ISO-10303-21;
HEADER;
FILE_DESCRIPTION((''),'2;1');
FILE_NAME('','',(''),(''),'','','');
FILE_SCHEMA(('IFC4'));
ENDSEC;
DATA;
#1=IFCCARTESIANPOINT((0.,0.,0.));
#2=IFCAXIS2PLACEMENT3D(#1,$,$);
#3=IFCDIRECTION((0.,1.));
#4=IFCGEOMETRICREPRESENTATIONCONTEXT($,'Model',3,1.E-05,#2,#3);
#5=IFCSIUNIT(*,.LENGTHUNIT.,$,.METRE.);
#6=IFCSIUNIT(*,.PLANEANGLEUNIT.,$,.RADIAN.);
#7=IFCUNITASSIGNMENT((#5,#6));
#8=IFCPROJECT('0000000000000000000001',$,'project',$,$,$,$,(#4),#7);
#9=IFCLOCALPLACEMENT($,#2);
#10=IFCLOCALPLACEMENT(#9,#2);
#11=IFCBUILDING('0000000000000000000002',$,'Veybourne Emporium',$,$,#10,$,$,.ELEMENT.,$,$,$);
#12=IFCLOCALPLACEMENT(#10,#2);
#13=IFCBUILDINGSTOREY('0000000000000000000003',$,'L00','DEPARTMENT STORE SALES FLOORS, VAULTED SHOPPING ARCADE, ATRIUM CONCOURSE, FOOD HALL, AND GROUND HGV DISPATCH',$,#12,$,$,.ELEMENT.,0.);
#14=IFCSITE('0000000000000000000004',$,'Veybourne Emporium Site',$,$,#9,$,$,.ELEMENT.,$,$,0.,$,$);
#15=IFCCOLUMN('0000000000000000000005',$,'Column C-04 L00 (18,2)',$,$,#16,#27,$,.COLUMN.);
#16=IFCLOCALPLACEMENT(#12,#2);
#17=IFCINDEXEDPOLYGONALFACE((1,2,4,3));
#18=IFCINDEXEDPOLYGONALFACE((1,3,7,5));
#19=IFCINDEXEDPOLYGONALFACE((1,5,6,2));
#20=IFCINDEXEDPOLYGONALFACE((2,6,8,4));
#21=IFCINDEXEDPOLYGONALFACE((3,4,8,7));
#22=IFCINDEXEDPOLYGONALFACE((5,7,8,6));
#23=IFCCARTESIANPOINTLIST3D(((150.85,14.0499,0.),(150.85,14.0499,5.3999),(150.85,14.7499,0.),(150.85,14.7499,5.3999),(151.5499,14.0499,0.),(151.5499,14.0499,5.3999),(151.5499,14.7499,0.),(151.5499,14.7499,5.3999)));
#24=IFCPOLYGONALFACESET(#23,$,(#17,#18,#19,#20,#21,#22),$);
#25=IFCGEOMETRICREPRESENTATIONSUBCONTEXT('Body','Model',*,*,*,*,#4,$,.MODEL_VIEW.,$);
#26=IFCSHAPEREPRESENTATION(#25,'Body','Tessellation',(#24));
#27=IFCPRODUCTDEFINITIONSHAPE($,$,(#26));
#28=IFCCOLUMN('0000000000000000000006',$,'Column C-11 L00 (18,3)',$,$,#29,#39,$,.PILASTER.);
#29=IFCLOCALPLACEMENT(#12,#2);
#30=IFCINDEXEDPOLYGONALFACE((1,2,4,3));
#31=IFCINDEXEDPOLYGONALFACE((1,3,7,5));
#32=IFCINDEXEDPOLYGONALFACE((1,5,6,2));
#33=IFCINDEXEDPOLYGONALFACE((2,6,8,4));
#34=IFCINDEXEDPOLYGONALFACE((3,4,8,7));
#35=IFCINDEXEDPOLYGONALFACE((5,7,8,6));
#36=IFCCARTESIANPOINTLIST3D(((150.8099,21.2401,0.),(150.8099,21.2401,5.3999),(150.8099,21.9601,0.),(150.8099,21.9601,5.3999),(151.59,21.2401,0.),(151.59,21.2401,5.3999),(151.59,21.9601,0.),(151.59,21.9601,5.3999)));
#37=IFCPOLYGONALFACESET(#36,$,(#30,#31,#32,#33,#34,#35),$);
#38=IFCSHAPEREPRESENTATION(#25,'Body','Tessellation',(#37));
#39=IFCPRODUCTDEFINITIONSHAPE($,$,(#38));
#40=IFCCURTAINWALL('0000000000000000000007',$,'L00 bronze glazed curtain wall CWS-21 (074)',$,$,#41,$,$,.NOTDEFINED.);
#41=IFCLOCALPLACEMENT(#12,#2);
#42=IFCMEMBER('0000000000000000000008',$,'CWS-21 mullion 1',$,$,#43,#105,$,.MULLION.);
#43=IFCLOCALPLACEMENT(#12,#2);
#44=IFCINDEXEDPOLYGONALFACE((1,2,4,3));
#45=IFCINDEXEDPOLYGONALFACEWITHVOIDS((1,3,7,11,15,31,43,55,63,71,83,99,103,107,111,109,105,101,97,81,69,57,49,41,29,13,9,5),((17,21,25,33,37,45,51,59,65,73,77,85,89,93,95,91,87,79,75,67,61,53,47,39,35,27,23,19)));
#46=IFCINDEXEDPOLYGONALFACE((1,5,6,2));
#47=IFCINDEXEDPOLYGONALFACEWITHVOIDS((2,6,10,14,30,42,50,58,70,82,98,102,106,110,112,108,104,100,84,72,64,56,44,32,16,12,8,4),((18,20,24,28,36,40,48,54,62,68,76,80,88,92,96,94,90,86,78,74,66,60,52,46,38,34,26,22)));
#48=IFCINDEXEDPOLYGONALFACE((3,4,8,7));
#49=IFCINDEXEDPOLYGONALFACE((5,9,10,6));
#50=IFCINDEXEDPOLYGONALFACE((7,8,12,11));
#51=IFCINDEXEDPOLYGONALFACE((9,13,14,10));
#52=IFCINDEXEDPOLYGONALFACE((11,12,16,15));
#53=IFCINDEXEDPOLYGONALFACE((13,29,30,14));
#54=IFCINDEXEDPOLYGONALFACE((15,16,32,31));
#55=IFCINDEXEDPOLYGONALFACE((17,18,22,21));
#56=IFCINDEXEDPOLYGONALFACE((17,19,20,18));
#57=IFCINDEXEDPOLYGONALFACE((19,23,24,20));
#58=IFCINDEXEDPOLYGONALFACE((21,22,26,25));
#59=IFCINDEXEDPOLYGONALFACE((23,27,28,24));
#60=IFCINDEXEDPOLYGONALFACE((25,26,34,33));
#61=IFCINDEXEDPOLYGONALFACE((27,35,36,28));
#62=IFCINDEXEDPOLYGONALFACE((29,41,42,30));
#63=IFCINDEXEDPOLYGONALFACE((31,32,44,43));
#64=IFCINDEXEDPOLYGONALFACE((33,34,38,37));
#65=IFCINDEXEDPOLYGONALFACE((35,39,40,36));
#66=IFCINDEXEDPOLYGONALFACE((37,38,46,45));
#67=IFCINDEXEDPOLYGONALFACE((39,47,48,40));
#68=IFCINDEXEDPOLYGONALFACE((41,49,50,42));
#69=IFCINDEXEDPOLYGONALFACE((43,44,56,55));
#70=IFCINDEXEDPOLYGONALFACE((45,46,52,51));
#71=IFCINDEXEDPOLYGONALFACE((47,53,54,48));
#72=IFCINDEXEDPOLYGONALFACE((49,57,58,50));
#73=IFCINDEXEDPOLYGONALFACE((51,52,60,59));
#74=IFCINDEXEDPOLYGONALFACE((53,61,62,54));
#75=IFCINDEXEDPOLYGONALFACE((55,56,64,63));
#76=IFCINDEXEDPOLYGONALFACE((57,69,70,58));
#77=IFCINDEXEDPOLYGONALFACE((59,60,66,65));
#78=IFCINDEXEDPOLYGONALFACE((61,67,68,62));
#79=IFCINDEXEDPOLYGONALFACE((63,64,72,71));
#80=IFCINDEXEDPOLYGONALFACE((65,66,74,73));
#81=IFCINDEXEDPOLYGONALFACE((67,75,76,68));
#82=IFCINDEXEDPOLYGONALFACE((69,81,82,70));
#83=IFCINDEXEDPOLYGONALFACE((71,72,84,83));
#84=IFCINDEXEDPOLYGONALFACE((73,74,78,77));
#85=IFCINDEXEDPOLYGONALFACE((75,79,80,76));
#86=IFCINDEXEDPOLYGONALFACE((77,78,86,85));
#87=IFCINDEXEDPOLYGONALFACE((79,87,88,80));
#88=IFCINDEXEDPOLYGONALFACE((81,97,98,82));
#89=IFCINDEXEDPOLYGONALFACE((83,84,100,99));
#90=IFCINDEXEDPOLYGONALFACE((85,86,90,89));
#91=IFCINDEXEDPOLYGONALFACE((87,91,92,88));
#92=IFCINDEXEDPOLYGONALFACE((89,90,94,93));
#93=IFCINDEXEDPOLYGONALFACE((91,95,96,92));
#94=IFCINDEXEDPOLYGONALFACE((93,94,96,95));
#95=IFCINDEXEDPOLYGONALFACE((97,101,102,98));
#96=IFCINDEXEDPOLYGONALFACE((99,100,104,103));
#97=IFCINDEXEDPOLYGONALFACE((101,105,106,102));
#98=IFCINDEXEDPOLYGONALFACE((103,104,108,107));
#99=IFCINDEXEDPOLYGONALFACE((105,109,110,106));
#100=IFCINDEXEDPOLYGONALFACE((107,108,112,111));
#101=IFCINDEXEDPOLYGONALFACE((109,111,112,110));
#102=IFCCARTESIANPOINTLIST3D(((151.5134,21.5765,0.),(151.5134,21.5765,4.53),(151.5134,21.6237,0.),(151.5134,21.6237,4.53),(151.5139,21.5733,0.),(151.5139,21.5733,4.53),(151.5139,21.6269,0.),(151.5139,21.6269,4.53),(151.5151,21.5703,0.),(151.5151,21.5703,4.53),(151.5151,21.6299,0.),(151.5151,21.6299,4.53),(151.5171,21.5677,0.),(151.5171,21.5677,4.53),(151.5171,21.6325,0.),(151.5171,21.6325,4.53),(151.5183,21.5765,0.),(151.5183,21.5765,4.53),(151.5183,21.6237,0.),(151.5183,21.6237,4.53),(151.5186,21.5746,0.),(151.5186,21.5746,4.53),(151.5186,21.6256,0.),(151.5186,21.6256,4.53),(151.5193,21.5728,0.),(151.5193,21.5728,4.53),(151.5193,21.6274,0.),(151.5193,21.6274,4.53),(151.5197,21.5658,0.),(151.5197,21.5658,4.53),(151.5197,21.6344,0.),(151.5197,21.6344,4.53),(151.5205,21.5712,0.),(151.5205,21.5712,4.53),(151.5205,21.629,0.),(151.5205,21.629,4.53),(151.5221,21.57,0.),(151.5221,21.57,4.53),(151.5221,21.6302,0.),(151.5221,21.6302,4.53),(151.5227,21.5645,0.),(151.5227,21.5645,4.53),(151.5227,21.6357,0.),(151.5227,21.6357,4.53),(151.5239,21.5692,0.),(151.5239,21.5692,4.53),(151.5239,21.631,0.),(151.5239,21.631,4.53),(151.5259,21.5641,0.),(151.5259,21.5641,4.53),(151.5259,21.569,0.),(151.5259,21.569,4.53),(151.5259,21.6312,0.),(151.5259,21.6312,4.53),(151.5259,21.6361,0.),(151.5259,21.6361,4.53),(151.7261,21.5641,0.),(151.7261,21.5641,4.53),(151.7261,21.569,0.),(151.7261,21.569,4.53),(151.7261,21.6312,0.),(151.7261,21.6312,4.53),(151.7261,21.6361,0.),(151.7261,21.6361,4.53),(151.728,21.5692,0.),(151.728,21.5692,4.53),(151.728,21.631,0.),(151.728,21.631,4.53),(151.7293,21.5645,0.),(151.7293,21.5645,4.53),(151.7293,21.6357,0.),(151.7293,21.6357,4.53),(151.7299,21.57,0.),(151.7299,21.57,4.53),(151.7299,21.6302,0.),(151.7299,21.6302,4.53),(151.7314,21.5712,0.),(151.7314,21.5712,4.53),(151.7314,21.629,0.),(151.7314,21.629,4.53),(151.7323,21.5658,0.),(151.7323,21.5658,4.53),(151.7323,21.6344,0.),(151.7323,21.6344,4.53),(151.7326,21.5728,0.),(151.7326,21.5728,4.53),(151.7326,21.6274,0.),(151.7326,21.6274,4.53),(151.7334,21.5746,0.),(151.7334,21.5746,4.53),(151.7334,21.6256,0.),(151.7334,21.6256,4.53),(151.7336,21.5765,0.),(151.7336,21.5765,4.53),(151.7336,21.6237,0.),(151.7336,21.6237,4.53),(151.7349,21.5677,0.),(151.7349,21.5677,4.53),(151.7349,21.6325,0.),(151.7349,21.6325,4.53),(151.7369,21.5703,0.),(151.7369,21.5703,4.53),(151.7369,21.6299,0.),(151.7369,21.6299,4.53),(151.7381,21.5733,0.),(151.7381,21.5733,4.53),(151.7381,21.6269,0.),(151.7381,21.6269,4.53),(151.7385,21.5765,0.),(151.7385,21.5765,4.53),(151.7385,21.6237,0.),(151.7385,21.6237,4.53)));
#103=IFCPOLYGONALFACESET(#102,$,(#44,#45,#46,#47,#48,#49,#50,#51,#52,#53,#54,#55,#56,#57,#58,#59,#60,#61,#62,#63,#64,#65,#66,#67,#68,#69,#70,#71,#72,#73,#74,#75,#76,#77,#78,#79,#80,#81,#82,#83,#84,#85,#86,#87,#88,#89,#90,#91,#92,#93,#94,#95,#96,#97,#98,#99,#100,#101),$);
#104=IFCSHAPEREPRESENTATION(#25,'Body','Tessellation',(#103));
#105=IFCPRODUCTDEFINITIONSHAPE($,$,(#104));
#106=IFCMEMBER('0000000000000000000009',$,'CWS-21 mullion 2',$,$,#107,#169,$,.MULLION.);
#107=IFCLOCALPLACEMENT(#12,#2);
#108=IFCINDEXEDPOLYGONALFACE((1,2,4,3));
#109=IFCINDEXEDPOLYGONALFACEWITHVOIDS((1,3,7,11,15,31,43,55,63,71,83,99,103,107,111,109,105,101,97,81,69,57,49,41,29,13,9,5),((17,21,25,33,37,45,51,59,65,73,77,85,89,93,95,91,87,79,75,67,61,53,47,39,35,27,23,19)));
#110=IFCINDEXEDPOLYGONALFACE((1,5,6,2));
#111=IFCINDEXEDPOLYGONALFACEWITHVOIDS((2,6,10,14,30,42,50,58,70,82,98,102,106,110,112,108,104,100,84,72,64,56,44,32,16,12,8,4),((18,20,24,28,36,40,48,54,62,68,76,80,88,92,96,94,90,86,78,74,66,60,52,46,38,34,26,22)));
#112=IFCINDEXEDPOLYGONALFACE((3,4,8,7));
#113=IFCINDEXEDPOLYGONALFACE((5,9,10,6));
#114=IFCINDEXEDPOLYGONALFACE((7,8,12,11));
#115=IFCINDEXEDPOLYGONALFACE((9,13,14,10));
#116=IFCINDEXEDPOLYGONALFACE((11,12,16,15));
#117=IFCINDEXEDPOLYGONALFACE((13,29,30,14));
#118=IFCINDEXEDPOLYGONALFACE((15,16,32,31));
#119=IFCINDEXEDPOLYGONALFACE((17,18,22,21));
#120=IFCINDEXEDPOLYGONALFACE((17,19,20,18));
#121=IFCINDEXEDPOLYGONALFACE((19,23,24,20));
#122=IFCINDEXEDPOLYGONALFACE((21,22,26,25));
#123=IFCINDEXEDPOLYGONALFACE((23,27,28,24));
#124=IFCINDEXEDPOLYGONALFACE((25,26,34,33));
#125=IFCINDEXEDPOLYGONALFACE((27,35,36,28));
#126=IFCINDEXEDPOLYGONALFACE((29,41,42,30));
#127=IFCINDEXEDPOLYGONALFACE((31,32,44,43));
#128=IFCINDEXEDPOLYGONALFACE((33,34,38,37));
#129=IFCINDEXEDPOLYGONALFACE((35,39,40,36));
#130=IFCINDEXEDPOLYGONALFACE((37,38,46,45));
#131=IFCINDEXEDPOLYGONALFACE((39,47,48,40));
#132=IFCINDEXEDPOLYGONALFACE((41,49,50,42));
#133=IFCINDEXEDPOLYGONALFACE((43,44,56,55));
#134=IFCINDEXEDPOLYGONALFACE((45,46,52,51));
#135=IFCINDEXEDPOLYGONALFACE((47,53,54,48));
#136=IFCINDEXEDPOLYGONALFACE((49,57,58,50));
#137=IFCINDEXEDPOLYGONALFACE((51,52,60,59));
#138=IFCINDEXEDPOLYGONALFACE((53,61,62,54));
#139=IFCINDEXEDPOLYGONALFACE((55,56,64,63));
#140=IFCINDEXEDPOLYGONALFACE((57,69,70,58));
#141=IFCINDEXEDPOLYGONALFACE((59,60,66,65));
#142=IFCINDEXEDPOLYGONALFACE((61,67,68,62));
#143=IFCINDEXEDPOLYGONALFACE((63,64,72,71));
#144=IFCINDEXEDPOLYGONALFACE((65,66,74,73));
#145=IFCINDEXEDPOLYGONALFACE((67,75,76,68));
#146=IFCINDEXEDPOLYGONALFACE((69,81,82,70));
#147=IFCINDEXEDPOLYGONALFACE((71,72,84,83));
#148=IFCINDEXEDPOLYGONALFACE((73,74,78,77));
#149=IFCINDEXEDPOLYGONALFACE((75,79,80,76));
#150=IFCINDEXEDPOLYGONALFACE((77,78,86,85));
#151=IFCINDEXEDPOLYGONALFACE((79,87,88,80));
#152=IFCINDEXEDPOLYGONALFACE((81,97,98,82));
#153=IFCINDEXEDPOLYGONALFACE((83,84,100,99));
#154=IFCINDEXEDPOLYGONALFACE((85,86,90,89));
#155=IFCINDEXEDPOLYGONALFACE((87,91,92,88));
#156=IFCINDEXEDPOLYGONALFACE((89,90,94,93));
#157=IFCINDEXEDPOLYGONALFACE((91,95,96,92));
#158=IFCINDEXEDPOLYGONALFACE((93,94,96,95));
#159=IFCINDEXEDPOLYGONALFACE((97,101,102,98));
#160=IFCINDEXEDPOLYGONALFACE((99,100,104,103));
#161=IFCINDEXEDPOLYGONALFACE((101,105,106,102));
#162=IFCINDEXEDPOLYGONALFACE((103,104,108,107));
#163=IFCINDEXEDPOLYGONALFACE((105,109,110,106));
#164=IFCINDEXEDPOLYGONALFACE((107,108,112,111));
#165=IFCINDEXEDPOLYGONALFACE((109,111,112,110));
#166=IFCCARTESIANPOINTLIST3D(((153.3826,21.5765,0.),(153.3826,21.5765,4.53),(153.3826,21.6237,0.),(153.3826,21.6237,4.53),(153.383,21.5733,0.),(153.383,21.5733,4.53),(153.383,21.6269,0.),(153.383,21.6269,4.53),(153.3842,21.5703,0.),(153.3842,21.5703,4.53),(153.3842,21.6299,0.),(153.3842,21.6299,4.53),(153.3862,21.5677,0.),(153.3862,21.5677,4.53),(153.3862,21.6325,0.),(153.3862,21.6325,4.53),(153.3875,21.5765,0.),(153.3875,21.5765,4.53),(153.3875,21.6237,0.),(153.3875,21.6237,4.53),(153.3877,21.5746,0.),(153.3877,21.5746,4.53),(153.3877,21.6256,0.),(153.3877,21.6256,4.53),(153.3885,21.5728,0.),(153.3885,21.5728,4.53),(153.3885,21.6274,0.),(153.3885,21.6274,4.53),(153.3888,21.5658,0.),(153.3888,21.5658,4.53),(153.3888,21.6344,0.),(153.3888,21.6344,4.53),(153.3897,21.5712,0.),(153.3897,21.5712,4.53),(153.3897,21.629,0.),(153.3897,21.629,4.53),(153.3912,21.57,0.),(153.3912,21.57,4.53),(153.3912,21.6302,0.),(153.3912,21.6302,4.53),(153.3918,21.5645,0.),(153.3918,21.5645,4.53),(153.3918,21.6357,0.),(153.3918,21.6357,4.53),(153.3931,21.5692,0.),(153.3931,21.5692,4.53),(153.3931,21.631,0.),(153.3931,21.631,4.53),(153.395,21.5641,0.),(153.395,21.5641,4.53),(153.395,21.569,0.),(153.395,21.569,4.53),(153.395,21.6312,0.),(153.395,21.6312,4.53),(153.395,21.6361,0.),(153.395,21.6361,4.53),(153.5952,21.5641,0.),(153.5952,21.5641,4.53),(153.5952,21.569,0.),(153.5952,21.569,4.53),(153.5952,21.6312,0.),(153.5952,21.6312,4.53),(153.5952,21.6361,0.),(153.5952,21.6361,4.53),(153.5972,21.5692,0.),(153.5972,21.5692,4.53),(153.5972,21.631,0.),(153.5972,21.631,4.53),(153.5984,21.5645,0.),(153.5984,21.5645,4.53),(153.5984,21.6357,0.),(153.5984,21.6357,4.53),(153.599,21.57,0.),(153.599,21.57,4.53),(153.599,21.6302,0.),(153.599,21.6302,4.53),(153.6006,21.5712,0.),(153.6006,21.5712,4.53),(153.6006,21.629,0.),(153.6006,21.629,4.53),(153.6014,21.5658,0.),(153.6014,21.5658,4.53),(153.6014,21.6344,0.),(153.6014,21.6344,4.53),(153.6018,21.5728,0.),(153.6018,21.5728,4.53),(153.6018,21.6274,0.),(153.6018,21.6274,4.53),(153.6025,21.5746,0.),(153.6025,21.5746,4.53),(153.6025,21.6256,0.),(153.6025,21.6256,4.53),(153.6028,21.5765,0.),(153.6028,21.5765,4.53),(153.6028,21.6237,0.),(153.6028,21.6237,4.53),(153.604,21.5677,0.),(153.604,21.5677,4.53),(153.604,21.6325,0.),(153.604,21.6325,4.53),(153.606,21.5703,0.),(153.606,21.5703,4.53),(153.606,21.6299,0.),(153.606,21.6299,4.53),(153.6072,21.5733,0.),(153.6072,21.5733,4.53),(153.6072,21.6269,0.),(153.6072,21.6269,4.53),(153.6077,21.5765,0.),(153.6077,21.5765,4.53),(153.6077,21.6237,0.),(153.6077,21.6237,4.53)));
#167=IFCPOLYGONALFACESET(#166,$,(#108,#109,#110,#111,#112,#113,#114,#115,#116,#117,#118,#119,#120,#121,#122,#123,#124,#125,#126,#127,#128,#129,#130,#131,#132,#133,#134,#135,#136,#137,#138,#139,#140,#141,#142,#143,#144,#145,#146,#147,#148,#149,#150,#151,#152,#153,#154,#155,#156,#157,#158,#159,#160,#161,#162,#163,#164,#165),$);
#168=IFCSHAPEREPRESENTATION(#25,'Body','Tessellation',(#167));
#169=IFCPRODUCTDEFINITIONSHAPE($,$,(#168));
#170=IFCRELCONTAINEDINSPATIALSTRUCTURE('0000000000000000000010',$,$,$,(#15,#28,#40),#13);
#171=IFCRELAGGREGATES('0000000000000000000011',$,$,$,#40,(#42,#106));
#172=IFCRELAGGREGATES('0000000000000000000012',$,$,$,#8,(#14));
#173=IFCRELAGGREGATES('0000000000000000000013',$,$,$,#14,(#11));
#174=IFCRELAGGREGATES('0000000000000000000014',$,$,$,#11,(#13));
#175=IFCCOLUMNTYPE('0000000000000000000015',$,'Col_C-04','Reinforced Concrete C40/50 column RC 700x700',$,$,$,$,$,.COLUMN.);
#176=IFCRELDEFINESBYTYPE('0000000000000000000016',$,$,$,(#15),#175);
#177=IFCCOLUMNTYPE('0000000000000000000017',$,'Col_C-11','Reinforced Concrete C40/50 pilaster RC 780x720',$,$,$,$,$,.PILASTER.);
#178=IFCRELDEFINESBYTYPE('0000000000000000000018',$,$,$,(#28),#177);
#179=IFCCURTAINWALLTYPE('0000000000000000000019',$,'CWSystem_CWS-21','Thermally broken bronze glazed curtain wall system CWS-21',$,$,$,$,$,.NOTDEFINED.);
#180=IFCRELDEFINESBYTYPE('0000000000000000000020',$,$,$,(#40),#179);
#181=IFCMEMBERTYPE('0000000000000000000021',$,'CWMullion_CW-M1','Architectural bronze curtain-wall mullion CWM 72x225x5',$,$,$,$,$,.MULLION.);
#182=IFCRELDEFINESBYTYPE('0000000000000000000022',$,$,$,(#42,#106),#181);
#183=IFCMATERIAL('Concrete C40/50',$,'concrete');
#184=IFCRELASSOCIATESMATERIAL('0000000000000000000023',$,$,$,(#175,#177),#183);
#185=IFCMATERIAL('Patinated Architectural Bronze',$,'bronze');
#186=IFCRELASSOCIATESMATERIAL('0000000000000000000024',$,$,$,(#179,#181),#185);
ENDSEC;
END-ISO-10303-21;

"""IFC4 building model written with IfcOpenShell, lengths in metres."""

from ifc_helpers import new_model, si_unit, direction, frame, origin, origin_2d, place, context, subcontext, project, spatial, rectangle, hollow_rectangle, extrude, material, material_profile, profile_set, type_object, element, aggregate, save


model = new_model("IFC4")

# Units and contexts
model_context = context("Model", 3, precision=1e-05, world=origin(), true_north=direction((0.0, 1.0)))
body_context = subcontext(model_context, "Body", "Model", "MODEL_VIEW")
ifc_project = project(units=[si_unit("LENGTHUNIT", "METRE"), si_unit("PLANEANGLEUNIT", "RADIAN")], contexts=[model_context])

# Site, building, storey
site_placement = place(None, origin())
site = spatial("IfcSite", under=ifc_project, at=site_placement, Name="Veybourne Emporium Site", CompositionType="ELEMENT", RefElevation=0.0)
building_placement = place(site_placement, origin())
building = spatial("IfcBuilding", under=site, at=building_placement, Name="Veybourne Emporium", CompositionType="ELEMENT")
storey_placement = place(building_placement, origin())
storey = spatial("IfcBuildingStorey", under=building, at=storey_placement, Name="L00", Description="DEPARTMENT STORE SALES FLOORS, VAULTED SHOPPING ARCADE, ATRIUM CONCOURSE, FOOD HALL, AND GROUND HGV DISPATCH", CompositionType="ELEMENT", Elevation=0.0)

# Columns
ifc_material_1 = material(Name="Concrete C40/50", Category="concrete")
ifc_material_profile_1 = material_profile(ifc_material_1, rectangle(XDim=0.7, YDim=0.7, at=origin_2d()), Name="RC 700x700")
ifc_profile_set_1 = profile_set([ifc_material_profile_1], Name="Concrete C40/50")
column_type_1 = type_object("IfcColumnType", Name="Col_C-04", Description="Reinforced Concrete C40/50 column RC 700x700", PredefinedType="COLUMN", material=ifc_profile_set_1)
column_1_placement = place(storey_placement, frame((151.2, 14.3999, 0.0), z_axis=(0.0, 0.0, 1.0), x_axis=(1.0, 0.0, 0.0)))
element("IfcColumn", 1, at=column_1_placement, inside=storey, type_object=column_type_1, Name="Column C-04 L00 (18,2)", PredefinedType="COLUMN", context=body_context, shape_type="SweptSolid", body=[
    extrude(rectangle(XDim=0.7, YDim=0.7, at=origin_2d()), origin(), (0.0, 0.0, 1.0), 5.3999),
])
ifc_material_profile_2 = material_profile(ifc_material_1, rectangle(XDim=0.78, YDim=0.72, at=origin_2d()), Name="RC 780x720")
ifc_profile_set_2 = profile_set([ifc_material_profile_2], Name="Concrete C40/50")
column_type_2 = type_object("IfcColumnType", Name="Col_C-11", Description="Reinforced Concrete C40/50 pilaster RC 780x720", PredefinedType="PILASTER", material=ifc_profile_set_2)
column_2_placement = place(storey_placement, frame((151.2, 21.6001, 0.0), z_axis=(0.0, 0.0, 1.0), x_axis=(1.0, 0.0, 0.0)))
element("IfcColumn", 2, at=column_2_placement, inside=storey, type_object=column_type_2, Name="Column C-11 L00 (18,3)", PredefinedType="PILASTER", context=body_context, shape_type="SweptSolid", body=[
    extrude(rectangle(XDim=0.78, YDim=0.72, at=origin_2d()), origin(), (0.0, 0.0, 1.0), 5.3999),
])

# Curtain wall, members
ifc_material_2 = material(Name="Patinated Architectural Bronze", Category="bronze")
curtain_wall_type_1 = type_object("IfcCurtainWallType", Name="CWSystem_CWS-21", Description="Thermally broken bronze glazed curtain wall system CWS-21", PredefinedType="NOTDEFINED", material=ifc_material_2)
curtain_wall_1_placement = place(storey_placement, origin())
curtain_wall_1 = element("IfcCurtainWall", 3, at=curtain_wall_1_placement, inside=storey, type_object=curtain_wall_type_1, Name="L00 bronze glazed curtain wall CWS-21 (074)", PredefinedType="NOTDEFINED")
ifc_material_profile_3 = material_profile(ifc_material_2, hollow_rectangle(XDim=0.072, YDim=0.2251, WallThickness=0.0049, InnerFilletRadius=0.0076, OuterFilletRadius=0.0125, at=origin_2d()), Name="CWM 72x225x5")
ifc_profile_set_3 = profile_set([ifc_material_profile_3], Name="Patinated Architectural Bronze")
member_type_1 = type_object("IfcMemberType", Name="CWMullion_CW-M1", Description="Architectural bronze curtain-wall mullion CWM 72x225x5", PredefinedType="MULLION", material=ifc_profile_set_3)
member_1_placement = place(storey_placement, frame((151.626, 21.6001, 0.0), z_axis=(0.0, 0.0, 1.0), x_axis=(0.0, 1.0, 0.0)))
member_1 = element("IfcMember", 4, at=member_1_placement, type_object=member_type_1, Name="CWS-21 mullion 1", PredefinedType="MULLION", context=body_context, shape_type="SweptSolid", body=[
    extrude(hollow_rectangle(XDim=0.072, YDim=0.2251, WallThickness=0.0049, InnerFilletRadius=0.0076, OuterFilletRadius=0.0125, at=origin_2d()), origin(), (0.0, 0.0, 1.0), 4.53),
])
member_2_placement = place(storey_placement, frame((153.4951, 21.6001, 0.0), z_axis=(0.0, 0.0, 1.0), x_axis=(0.0, 1.0, 0.0)))
member_2 = element("IfcMember", 5, at=member_2_placement, type_object=member_type_1, Name="CWS-21 mullion 2", PredefinedType="MULLION", context=body_context, shape_type="SweptSolid", body=[
    extrude(hollow_rectangle(XDim=0.072, YDim=0.2251, WallThickness=0.0049, InnerFilletRadius=0.0076, OuterFilletRadius=0.0125, at=origin_2d()), origin(), (0.0, 0.0, 1.0), 4.53),
])

aggregate(curtain_wall_1, [member_1, member_2])

save(model, "model.ifc")
